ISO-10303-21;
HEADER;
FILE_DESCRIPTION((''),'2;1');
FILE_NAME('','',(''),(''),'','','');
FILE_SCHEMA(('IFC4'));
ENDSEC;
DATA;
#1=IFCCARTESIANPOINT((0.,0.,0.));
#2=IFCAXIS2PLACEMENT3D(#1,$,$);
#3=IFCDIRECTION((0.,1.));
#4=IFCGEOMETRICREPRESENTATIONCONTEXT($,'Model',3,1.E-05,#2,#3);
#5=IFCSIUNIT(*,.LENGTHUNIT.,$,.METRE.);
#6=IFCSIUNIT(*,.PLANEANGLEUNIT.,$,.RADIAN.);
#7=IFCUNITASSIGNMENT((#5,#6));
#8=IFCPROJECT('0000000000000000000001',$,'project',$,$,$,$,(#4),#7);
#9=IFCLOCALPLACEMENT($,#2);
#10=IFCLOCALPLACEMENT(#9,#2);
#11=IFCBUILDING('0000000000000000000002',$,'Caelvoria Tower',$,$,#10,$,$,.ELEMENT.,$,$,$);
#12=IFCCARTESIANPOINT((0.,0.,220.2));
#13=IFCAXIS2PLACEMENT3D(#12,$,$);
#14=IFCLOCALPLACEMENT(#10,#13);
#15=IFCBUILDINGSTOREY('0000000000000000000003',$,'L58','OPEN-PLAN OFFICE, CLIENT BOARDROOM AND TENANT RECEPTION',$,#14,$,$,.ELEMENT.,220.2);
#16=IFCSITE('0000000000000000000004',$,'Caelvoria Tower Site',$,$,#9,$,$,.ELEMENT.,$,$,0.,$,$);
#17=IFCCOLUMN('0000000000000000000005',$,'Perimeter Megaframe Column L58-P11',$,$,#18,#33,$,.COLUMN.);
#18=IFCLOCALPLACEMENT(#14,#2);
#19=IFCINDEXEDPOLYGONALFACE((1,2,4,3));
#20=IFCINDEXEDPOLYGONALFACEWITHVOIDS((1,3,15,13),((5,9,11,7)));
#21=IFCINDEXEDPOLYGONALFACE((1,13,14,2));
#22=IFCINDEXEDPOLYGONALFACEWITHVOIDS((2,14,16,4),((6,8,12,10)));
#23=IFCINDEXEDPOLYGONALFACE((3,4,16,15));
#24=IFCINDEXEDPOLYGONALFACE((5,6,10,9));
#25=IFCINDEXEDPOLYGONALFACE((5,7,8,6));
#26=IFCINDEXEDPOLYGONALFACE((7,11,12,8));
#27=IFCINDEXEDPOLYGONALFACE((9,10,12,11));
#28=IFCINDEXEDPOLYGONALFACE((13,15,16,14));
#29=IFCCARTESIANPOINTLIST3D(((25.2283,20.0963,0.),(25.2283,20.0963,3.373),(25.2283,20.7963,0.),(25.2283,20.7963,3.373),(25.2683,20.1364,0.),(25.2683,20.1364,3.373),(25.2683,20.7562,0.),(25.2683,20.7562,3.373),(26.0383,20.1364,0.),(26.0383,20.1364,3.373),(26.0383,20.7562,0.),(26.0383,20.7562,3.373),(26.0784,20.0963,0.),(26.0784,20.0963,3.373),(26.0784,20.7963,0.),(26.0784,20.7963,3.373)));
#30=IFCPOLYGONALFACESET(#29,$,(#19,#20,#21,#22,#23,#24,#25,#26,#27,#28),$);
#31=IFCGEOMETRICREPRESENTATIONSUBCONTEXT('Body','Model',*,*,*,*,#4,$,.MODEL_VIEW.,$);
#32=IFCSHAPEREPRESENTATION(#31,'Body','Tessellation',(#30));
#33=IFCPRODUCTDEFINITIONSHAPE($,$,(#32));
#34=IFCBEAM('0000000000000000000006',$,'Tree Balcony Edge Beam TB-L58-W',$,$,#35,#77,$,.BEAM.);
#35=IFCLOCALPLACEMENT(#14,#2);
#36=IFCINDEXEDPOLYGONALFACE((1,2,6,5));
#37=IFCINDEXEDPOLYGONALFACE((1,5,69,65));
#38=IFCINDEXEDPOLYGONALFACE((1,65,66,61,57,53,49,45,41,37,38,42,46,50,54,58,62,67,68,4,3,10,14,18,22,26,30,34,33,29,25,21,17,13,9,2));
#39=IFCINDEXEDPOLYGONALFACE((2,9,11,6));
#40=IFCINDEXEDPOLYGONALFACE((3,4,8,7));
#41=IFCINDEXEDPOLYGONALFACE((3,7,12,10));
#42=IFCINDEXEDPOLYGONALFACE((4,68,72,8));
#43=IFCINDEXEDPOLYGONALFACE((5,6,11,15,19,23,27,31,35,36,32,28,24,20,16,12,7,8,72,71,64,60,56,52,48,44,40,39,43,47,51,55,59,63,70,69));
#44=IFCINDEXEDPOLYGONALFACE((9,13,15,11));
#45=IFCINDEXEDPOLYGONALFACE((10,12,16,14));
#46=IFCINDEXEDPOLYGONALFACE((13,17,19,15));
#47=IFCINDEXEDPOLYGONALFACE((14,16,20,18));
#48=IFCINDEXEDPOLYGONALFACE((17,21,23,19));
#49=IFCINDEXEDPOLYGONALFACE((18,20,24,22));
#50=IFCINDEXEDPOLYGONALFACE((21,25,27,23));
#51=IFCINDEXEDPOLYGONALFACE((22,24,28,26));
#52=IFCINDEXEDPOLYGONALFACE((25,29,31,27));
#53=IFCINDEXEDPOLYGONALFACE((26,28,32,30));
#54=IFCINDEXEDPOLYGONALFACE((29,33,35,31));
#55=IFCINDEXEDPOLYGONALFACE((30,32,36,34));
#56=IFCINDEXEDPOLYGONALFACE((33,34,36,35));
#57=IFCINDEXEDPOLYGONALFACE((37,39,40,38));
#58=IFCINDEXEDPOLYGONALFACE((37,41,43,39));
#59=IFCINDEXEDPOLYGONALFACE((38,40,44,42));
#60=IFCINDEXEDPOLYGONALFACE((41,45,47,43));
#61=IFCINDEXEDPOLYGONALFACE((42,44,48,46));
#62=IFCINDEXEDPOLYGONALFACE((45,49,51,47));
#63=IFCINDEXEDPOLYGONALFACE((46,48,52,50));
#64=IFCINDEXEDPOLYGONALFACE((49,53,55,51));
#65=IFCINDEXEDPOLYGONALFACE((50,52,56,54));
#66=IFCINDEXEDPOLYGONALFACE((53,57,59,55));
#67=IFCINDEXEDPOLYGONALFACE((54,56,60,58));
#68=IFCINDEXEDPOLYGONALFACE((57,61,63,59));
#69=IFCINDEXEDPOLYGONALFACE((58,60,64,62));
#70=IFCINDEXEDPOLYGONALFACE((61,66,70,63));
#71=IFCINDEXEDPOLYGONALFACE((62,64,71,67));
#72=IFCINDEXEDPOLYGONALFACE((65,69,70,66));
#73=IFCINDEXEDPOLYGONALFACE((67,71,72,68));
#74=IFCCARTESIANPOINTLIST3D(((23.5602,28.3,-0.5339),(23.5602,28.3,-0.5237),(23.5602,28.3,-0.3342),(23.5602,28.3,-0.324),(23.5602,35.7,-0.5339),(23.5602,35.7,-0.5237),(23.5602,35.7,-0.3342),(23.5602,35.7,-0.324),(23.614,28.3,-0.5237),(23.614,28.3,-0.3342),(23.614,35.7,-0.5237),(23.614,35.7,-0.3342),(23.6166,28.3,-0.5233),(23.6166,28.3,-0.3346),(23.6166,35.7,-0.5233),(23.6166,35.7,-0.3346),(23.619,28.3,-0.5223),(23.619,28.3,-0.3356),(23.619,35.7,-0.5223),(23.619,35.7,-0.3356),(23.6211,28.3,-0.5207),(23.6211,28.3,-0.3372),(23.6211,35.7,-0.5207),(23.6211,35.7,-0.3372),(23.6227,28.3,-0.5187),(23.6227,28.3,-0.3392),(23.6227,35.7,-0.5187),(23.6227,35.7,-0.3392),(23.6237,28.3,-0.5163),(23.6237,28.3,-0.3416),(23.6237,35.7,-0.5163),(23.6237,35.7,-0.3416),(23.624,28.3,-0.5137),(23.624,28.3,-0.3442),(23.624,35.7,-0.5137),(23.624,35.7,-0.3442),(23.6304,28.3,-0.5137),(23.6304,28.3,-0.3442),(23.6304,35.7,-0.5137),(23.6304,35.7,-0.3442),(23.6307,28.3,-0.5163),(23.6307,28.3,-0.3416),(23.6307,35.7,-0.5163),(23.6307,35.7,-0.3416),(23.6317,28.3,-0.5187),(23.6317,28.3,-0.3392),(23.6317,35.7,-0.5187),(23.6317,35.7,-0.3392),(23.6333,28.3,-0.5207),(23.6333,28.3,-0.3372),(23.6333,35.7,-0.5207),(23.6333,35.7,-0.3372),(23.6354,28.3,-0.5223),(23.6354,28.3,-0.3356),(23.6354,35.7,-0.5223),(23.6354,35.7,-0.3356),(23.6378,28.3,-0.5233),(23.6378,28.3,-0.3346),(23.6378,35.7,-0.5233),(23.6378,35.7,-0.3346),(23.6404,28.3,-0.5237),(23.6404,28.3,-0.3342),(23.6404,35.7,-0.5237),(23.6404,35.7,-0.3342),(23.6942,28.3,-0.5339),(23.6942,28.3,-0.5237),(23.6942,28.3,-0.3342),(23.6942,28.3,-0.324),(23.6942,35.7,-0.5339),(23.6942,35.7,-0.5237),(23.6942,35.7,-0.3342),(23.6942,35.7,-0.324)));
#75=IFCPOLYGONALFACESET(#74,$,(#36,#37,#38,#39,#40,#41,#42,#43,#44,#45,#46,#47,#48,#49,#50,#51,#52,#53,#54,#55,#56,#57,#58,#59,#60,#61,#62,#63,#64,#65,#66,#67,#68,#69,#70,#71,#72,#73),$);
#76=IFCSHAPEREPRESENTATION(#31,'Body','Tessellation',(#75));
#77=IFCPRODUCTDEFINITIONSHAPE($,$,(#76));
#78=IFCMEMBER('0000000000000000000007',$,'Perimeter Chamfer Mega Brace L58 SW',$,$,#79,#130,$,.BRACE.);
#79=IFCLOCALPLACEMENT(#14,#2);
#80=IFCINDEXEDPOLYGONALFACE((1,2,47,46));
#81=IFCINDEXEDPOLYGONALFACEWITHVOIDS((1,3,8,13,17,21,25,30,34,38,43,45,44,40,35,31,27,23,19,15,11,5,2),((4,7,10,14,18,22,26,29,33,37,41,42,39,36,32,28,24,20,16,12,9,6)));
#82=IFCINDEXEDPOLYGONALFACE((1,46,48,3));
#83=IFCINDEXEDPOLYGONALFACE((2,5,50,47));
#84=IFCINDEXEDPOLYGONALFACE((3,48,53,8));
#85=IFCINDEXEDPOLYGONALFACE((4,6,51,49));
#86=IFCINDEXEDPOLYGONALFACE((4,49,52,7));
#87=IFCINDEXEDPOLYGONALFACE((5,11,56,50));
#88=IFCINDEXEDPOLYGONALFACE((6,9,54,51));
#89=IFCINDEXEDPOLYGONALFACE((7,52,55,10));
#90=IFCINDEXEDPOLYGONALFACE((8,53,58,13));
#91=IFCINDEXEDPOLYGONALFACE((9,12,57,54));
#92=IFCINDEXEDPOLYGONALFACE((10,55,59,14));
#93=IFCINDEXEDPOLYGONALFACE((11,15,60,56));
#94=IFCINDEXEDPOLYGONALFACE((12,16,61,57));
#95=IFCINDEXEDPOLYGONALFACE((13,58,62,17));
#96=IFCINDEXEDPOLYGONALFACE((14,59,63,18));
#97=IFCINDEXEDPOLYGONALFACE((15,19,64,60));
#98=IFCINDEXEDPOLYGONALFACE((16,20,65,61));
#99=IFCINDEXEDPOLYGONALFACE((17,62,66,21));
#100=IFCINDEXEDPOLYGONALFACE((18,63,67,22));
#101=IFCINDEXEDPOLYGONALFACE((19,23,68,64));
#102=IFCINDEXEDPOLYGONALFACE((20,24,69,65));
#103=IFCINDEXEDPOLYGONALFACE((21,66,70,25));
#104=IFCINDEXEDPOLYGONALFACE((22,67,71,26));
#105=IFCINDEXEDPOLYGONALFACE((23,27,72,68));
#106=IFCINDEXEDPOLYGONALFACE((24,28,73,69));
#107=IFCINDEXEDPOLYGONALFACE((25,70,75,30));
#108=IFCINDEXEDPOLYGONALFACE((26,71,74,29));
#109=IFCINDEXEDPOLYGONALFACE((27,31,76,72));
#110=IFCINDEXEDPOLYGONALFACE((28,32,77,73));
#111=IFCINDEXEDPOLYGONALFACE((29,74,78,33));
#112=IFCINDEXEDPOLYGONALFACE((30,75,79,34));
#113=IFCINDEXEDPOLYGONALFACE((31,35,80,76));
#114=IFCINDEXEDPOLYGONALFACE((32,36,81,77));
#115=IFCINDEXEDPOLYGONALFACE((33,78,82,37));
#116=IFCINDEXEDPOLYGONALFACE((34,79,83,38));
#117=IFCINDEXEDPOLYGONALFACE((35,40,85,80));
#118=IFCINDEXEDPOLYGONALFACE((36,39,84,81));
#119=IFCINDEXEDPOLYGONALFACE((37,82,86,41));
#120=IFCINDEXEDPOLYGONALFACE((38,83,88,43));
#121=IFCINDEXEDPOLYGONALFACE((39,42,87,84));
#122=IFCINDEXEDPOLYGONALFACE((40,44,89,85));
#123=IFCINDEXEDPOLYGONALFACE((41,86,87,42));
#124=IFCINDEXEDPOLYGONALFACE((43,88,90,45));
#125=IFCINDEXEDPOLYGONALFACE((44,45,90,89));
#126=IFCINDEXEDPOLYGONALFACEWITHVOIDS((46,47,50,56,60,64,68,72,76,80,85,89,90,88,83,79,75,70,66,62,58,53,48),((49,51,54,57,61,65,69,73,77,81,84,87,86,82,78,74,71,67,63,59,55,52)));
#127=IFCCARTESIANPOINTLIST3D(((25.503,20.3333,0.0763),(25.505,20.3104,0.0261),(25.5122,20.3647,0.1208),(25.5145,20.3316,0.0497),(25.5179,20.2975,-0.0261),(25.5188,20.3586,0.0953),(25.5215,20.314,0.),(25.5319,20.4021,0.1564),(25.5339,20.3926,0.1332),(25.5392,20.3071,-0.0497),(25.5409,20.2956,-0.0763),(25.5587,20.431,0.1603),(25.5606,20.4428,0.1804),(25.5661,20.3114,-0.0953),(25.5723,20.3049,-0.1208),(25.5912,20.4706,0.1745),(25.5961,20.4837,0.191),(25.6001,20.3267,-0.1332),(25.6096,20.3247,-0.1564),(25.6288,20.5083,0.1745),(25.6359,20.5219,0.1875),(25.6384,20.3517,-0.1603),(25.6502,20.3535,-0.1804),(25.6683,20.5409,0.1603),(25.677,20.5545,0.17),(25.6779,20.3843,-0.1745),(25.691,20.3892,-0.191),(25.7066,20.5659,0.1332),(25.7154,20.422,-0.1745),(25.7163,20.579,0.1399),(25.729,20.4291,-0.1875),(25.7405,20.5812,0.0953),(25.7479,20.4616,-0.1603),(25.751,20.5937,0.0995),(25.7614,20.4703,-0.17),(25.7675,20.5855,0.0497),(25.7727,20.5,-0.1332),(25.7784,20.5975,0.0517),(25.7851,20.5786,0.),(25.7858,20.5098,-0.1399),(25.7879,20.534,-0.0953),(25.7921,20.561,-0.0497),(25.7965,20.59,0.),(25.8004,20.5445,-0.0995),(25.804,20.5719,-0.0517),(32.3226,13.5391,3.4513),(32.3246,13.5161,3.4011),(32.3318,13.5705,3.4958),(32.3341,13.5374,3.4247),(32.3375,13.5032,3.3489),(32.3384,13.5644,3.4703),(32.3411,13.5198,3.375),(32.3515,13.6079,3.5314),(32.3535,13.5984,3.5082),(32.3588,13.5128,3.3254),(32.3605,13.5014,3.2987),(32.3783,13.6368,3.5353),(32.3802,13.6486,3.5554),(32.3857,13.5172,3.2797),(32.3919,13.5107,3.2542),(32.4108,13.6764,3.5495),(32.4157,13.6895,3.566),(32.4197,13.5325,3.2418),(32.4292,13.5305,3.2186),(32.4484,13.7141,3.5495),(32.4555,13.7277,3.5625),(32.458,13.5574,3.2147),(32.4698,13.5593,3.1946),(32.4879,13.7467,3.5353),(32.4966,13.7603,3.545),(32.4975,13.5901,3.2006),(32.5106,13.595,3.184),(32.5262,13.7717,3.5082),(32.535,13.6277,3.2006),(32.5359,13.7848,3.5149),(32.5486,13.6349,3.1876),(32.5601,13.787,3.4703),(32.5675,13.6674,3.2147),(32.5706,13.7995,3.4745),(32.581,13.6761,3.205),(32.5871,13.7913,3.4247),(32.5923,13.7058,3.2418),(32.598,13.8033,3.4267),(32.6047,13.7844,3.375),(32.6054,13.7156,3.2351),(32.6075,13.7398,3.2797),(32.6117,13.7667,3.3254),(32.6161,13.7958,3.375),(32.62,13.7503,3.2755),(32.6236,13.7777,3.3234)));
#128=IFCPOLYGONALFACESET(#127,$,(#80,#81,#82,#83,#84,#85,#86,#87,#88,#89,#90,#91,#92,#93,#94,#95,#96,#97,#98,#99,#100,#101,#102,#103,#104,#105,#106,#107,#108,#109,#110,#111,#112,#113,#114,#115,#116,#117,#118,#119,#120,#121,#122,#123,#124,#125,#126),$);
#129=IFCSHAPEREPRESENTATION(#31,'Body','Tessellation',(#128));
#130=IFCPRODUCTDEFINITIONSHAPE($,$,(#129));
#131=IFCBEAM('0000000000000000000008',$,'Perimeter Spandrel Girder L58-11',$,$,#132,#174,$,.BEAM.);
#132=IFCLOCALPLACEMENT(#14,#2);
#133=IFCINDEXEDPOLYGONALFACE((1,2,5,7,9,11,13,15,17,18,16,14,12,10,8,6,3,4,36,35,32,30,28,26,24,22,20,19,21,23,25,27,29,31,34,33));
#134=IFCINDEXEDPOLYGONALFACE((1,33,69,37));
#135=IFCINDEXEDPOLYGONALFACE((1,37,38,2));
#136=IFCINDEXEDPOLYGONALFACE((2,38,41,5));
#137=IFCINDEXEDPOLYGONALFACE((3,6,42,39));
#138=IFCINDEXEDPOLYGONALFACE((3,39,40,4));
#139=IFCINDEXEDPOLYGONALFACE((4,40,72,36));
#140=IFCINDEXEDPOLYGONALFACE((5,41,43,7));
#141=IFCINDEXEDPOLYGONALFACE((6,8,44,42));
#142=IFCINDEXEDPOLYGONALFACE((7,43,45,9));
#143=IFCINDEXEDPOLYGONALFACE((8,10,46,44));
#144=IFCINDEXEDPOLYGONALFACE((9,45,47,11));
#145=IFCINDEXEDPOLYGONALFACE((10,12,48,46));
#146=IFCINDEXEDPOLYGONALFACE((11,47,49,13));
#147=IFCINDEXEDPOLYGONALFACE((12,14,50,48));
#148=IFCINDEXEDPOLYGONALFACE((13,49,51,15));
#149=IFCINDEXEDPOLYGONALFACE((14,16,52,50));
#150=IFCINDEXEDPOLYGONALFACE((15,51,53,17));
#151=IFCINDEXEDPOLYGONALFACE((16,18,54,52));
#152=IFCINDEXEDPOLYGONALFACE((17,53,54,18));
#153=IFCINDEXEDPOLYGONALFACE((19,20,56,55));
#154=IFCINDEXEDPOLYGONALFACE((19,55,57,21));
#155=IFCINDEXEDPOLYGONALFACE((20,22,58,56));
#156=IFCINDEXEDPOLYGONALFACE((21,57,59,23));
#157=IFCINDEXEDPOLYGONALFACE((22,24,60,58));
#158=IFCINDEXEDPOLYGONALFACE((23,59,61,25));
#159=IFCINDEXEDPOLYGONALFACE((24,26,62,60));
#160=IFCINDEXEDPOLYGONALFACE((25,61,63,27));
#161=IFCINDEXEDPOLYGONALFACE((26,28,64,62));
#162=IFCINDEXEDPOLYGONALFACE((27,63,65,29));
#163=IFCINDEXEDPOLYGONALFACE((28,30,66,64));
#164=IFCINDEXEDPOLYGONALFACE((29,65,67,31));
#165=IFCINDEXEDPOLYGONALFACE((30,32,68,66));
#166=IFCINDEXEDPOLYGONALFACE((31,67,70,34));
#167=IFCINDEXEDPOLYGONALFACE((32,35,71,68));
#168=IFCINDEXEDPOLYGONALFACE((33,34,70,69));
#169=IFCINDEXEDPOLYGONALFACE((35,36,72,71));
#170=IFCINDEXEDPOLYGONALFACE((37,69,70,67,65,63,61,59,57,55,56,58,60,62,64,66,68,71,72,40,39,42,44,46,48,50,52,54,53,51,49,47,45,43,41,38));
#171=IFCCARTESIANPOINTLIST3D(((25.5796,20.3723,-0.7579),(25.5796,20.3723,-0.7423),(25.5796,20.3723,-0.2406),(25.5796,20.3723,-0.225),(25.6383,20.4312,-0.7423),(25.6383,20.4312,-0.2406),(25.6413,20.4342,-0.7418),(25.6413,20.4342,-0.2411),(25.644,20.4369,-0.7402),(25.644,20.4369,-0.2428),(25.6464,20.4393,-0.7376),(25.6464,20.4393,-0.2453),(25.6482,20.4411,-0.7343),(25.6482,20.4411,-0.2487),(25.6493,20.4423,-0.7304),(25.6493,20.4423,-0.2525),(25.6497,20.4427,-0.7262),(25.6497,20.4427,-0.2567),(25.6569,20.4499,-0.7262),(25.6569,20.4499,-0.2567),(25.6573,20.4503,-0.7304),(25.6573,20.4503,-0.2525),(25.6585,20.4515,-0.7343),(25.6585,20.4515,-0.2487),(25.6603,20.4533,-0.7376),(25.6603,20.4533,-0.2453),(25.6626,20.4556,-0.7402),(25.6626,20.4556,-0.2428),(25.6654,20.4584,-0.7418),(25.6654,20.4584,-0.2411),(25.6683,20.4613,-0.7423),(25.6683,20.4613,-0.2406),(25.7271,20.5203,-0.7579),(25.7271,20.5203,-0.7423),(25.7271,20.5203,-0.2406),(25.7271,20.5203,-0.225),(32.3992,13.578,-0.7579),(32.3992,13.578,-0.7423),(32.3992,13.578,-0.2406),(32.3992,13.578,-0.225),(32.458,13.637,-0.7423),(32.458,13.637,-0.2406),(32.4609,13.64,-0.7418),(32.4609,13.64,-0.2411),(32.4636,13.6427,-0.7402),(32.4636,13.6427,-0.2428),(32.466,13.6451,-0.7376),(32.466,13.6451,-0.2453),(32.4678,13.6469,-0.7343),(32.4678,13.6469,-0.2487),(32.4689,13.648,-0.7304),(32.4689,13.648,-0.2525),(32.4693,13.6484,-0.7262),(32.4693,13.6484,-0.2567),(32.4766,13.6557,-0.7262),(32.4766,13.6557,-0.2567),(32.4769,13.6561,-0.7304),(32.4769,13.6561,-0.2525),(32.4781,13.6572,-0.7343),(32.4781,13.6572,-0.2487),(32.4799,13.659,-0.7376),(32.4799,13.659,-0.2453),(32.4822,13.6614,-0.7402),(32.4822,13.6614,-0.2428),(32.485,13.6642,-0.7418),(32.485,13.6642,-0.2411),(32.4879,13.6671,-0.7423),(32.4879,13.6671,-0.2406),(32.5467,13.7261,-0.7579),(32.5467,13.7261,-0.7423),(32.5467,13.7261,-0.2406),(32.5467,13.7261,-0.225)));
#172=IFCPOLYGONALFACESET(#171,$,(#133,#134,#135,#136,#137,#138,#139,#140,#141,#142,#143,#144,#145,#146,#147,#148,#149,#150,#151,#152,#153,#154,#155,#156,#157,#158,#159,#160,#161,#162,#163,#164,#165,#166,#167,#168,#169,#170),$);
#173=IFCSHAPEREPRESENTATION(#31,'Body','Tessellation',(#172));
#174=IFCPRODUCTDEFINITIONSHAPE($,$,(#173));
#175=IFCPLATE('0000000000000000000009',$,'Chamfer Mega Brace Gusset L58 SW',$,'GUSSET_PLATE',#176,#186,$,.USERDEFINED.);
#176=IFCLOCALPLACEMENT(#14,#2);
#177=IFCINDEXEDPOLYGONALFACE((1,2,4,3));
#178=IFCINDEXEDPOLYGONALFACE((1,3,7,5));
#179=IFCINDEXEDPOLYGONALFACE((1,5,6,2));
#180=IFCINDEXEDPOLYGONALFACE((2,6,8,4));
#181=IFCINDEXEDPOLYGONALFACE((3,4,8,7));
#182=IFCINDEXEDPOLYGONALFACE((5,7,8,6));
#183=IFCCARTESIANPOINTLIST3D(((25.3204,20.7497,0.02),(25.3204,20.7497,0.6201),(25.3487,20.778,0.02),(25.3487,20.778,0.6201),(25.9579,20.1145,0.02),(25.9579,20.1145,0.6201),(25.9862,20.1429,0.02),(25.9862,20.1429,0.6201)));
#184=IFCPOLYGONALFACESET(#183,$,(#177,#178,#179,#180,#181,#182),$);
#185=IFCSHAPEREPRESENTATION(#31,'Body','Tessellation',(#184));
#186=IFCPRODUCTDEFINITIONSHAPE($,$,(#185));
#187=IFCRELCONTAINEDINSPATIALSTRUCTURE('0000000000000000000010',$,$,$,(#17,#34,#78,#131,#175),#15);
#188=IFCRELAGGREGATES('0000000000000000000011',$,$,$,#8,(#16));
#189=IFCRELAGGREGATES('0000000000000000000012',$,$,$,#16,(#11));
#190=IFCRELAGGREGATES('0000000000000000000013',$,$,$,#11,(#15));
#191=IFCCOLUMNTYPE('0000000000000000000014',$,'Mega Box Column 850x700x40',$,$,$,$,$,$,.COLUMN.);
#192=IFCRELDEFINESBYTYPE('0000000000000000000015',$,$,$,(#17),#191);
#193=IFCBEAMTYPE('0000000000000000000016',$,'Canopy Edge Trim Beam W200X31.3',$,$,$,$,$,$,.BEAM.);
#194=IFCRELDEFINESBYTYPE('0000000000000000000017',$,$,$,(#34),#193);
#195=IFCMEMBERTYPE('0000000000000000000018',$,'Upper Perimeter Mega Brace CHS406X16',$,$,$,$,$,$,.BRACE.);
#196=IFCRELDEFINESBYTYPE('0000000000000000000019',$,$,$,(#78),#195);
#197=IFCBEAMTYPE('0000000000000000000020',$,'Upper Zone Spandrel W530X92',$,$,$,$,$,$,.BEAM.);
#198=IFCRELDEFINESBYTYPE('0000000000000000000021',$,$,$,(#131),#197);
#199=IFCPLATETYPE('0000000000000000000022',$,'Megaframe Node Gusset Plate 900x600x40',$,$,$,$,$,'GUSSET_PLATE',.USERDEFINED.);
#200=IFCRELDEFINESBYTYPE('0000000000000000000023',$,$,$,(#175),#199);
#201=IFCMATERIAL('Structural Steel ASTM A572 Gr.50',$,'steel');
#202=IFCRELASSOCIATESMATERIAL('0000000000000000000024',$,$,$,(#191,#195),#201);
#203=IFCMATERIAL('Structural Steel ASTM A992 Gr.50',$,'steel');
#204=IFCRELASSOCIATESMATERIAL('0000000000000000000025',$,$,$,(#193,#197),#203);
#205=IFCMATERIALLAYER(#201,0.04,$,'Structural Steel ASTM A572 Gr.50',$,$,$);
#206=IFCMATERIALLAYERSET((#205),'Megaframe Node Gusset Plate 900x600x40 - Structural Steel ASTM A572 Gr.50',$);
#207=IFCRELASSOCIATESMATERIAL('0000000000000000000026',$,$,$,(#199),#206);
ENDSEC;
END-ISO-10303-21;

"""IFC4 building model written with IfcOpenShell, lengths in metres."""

from ifc_helpers import new_model, si_unit, direction, frame, origin, origin_2d, place, context, subcontext, project, spatial, rectangle, hollow_rectangle, hollow_circle, i_section, extrude, material, layer, layer_set, material_profile, profile_set, type_object, element, save


model = new_model("IFC4")

# Units and contexts
model_context = context("Model", 3, precision=1e-05, world=origin(), true_north=direction((0.0, 1.0)))
body_context = subcontext(model_context, "Body", "Model", "MODEL_VIEW")
ifc_project = project(units=[si_unit("LENGTHUNIT", "METRE"), si_unit("PLANEANGLEUNIT", "RADIAN")], contexts=[model_context])

# Site, building, storey
site_placement = place(None, origin())
site = spatial("IfcSite", under=ifc_project, at=site_placement, Name="Caelvoria Tower Site", CompositionType="ELEMENT", RefElevation=0.0)
building_placement = place(site_placement, origin())
building = spatial("IfcBuilding", under=site, at=building_placement, Name="Caelvoria Tower", CompositionType="ELEMENT")
storey_placement = place(building_placement, frame((0.0, 0.0, 220.2)))
storey = spatial("IfcBuildingStorey", under=building, at=storey_placement, Name="L58", Description="OPEN-PLAN OFFICE, CLIENT BOARDROOM AND TENANT RECEPTION", CompositionType="ELEMENT", Elevation=220.2)

# Column
ifc_material_1 = material(Name="Structural Steel ASTM A572 Gr.50", Category="steel")
ifc_material_profile_1 = material_profile(ifc_material_1, hollow_rectangle(XDim=0.7, YDim=0.8501, WallThickness=0.04, at=origin_2d()), Name="Structural Steel ASTM A572 Gr.50")
ifc_profile_set_1 = profile_set([ifc_material_profile_1], Name="BOX850X700X40 - Structural Steel ASTM A572 Gr.50")
column_type = type_object("IfcColumnType", Name="Mega Box Column 850x700x40", PredefinedType="COLUMN", material=ifc_profile_set_1)
column_placement = place(storey_placement, frame((25.6533, 20.4463, 0.0), z_axis=(0.0, 0.0, 1.0), x_axis=(0.0, 1.0, 0.0)))
element("IfcColumn", 1, at=column_placement, inside=storey, type_object=column_type, Name="Perimeter Megaframe Column L58-P11", PredefinedType="COLUMN", context=body_context, shape_type="SweptSolid", body=[
    extrude(hollow_rectangle(XDim=0.7, YDim=0.8501, WallThickness=0.04, at=origin_2d()), origin(), (0.0, 0.0, 1.0), 3.373),
])

# Beam
ifc_material_2 = material(Name="Structural Steel ASTM A992 Gr.50", Category="steel")
ifc_material_profile_2 = material_profile(ifc_material_2, i_section(OverallWidth=0.134, OverallDepth=0.21, WebThickness=0.0063, FlangeThickness=0.0103, FilletRadius=0.01, at=origin_2d()), Name="Structural Steel ASTM A992 Gr.50")
ifc_profile_set_2 = profile_set([ifc_material_profile_2], Name="W200X31.3 - Structural Steel ASTM A992 Gr.50")
beam_type_1 = type_object("IfcBeamType", Name="Canopy Edge Trim Beam W200X31.3", PredefinedType="BEAM", material=ifc_profile_set_2)
beam_1_placement = place(storey_placement, frame((23.6272, 28.3, -0.429), z_axis=(0.0, 1.0, 0.0), x_axis=(-1.0, 0.0, 0.0)))
element("IfcBeam", 2, at=beam_1_placement, inside=storey, type_object=beam_type_1, Name="Tree Balcony Edge Beam TB-L58-W", PredefinedType="BEAM", context=body_context, shape_type="SweptSolid", body=[
    extrude(i_section(OverallWidth=0.134, OverallDepth=0.21, WebThickness=0.0063, FlangeThickness=0.0103, FilletRadius=0.01, at=origin_2d()), origin(), (0.0, 0.0, 1.0), 7.3999),
])

# Member
ifc_material_profile_3 = material_profile(ifc_material_1, hollow_circle(Radius=0.2029, WallThickness=0.0161, at=origin_2d()), Name="Structural Steel ASTM A572 Gr.50")
ifc_profile_set_3 = profile_set([ifc_material_profile_3], Name="CHS406X16 - Structural Steel ASTM A572 Gr.50")
member_type = type_object("IfcMemberType", Name="Upper Perimeter Mega Brace CHS406X16", PredefinedType="BRACE", material=ifc_profile_set_3)
member_placement = place(storey_placement, frame((25.6533, 20.4463, 0.0), z_axis=(0.668527, -0.666038, 0.330853), x_axis=(0.705787, 0.708424, 0.0)))
element("IfcMember", 3, at=member_placement, inside=storey, type_object=member_type, Name="Perimeter Chamfer Mega Brace L58 SW", PredefinedType="BRACE", context=body_context, shape_type="SweptSolid", body=[
    extrude(hollow_circle(Radius=0.2029, WallThickness=0.0161, at=origin_2d()), origin(), (0.0, 0.0, 1.0), 10.2009),
])

# Beam
ifc_material_profile_4 = material_profile(ifc_material_2, i_section(OverallWidth=0.209, OverallDepth=0.533, WebThickness=0.0103, FlangeThickness=0.0156, FilletRadius=0.0161, at=origin_2d()), Name="Structural Steel ASTM A992 Gr.50")
ifc_profile_set_4 = profile_set([ifc_material_profile_4], Name="W530X92 - Structural Steel ASTM A992 Gr.50")
beam_type_2 = type_object("IfcBeamType", Name="Upper Zone Spandrel W530X92", PredefinedType="BEAM", material=ifc_profile_set_4)
beam_2_placement = place(storey_placement, frame((25.6533, 20.4463, -0.4915), z_axis=(0.708424, -0.705787, 0.0), x_axis=(0.705787, 0.708424, 0.0)))
element("IfcBeam", 4, at=beam_2_placement, inside=storey, type_object=beam_type_2, Name="Perimeter Spandrel Girder L58-11", PredefinedType="BEAM", context=body_context, shape_type="SweptSolid", body=[
    extrude(i_section(OverallWidth=0.209, OverallDepth=0.533, WebThickness=0.0103, FlangeThickness=0.0156, FilletRadius=0.0161, at=origin_2d()), origin(), (0.0, 0.0, 1.0), 9.6265),
])

# Plate
ifc_layer_1 = layer(ifc_material_1, 0.04, Name="Structural Steel ASTM A572 Gr.50")
ifc_layer_set_1 = layer_set([ifc_layer_1], Name="Megaframe Node Gusset Plate 900x600x40 - Structural Steel ASTM A572 Gr.50")
plate_type = type_object("IfcPlateType", Name="Megaframe Node Gusset Plate 900x600x40", ElementType="GUSSET_PLATE", PredefinedType="USERDEFINED", material=ifc_layer_set_1)
plate_placement = place(storey_placement, frame((25.6533, 20.4463, 0.02), z_axis=(0.0, 0.0, 1.0), x_axis=(0.708415, -0.705796, 0.0)))
element("IfcPlate", 5, at=plate_placement, inside=storey, type_object=plate_type, Name="Chamfer Mega Brace Gusset L58 SW", ObjectType="GUSSET_PLATE", PredefinedType="USERDEFINED", context=body_context, shape_type="SweptSolid", body=[
    extrude(rectangle(XDim=0.8999, YDim=0.04, at=origin_2d()), origin(), (0.0, 0.0, 1.0), 0.6001),
])

save(model, "model.ifc")
